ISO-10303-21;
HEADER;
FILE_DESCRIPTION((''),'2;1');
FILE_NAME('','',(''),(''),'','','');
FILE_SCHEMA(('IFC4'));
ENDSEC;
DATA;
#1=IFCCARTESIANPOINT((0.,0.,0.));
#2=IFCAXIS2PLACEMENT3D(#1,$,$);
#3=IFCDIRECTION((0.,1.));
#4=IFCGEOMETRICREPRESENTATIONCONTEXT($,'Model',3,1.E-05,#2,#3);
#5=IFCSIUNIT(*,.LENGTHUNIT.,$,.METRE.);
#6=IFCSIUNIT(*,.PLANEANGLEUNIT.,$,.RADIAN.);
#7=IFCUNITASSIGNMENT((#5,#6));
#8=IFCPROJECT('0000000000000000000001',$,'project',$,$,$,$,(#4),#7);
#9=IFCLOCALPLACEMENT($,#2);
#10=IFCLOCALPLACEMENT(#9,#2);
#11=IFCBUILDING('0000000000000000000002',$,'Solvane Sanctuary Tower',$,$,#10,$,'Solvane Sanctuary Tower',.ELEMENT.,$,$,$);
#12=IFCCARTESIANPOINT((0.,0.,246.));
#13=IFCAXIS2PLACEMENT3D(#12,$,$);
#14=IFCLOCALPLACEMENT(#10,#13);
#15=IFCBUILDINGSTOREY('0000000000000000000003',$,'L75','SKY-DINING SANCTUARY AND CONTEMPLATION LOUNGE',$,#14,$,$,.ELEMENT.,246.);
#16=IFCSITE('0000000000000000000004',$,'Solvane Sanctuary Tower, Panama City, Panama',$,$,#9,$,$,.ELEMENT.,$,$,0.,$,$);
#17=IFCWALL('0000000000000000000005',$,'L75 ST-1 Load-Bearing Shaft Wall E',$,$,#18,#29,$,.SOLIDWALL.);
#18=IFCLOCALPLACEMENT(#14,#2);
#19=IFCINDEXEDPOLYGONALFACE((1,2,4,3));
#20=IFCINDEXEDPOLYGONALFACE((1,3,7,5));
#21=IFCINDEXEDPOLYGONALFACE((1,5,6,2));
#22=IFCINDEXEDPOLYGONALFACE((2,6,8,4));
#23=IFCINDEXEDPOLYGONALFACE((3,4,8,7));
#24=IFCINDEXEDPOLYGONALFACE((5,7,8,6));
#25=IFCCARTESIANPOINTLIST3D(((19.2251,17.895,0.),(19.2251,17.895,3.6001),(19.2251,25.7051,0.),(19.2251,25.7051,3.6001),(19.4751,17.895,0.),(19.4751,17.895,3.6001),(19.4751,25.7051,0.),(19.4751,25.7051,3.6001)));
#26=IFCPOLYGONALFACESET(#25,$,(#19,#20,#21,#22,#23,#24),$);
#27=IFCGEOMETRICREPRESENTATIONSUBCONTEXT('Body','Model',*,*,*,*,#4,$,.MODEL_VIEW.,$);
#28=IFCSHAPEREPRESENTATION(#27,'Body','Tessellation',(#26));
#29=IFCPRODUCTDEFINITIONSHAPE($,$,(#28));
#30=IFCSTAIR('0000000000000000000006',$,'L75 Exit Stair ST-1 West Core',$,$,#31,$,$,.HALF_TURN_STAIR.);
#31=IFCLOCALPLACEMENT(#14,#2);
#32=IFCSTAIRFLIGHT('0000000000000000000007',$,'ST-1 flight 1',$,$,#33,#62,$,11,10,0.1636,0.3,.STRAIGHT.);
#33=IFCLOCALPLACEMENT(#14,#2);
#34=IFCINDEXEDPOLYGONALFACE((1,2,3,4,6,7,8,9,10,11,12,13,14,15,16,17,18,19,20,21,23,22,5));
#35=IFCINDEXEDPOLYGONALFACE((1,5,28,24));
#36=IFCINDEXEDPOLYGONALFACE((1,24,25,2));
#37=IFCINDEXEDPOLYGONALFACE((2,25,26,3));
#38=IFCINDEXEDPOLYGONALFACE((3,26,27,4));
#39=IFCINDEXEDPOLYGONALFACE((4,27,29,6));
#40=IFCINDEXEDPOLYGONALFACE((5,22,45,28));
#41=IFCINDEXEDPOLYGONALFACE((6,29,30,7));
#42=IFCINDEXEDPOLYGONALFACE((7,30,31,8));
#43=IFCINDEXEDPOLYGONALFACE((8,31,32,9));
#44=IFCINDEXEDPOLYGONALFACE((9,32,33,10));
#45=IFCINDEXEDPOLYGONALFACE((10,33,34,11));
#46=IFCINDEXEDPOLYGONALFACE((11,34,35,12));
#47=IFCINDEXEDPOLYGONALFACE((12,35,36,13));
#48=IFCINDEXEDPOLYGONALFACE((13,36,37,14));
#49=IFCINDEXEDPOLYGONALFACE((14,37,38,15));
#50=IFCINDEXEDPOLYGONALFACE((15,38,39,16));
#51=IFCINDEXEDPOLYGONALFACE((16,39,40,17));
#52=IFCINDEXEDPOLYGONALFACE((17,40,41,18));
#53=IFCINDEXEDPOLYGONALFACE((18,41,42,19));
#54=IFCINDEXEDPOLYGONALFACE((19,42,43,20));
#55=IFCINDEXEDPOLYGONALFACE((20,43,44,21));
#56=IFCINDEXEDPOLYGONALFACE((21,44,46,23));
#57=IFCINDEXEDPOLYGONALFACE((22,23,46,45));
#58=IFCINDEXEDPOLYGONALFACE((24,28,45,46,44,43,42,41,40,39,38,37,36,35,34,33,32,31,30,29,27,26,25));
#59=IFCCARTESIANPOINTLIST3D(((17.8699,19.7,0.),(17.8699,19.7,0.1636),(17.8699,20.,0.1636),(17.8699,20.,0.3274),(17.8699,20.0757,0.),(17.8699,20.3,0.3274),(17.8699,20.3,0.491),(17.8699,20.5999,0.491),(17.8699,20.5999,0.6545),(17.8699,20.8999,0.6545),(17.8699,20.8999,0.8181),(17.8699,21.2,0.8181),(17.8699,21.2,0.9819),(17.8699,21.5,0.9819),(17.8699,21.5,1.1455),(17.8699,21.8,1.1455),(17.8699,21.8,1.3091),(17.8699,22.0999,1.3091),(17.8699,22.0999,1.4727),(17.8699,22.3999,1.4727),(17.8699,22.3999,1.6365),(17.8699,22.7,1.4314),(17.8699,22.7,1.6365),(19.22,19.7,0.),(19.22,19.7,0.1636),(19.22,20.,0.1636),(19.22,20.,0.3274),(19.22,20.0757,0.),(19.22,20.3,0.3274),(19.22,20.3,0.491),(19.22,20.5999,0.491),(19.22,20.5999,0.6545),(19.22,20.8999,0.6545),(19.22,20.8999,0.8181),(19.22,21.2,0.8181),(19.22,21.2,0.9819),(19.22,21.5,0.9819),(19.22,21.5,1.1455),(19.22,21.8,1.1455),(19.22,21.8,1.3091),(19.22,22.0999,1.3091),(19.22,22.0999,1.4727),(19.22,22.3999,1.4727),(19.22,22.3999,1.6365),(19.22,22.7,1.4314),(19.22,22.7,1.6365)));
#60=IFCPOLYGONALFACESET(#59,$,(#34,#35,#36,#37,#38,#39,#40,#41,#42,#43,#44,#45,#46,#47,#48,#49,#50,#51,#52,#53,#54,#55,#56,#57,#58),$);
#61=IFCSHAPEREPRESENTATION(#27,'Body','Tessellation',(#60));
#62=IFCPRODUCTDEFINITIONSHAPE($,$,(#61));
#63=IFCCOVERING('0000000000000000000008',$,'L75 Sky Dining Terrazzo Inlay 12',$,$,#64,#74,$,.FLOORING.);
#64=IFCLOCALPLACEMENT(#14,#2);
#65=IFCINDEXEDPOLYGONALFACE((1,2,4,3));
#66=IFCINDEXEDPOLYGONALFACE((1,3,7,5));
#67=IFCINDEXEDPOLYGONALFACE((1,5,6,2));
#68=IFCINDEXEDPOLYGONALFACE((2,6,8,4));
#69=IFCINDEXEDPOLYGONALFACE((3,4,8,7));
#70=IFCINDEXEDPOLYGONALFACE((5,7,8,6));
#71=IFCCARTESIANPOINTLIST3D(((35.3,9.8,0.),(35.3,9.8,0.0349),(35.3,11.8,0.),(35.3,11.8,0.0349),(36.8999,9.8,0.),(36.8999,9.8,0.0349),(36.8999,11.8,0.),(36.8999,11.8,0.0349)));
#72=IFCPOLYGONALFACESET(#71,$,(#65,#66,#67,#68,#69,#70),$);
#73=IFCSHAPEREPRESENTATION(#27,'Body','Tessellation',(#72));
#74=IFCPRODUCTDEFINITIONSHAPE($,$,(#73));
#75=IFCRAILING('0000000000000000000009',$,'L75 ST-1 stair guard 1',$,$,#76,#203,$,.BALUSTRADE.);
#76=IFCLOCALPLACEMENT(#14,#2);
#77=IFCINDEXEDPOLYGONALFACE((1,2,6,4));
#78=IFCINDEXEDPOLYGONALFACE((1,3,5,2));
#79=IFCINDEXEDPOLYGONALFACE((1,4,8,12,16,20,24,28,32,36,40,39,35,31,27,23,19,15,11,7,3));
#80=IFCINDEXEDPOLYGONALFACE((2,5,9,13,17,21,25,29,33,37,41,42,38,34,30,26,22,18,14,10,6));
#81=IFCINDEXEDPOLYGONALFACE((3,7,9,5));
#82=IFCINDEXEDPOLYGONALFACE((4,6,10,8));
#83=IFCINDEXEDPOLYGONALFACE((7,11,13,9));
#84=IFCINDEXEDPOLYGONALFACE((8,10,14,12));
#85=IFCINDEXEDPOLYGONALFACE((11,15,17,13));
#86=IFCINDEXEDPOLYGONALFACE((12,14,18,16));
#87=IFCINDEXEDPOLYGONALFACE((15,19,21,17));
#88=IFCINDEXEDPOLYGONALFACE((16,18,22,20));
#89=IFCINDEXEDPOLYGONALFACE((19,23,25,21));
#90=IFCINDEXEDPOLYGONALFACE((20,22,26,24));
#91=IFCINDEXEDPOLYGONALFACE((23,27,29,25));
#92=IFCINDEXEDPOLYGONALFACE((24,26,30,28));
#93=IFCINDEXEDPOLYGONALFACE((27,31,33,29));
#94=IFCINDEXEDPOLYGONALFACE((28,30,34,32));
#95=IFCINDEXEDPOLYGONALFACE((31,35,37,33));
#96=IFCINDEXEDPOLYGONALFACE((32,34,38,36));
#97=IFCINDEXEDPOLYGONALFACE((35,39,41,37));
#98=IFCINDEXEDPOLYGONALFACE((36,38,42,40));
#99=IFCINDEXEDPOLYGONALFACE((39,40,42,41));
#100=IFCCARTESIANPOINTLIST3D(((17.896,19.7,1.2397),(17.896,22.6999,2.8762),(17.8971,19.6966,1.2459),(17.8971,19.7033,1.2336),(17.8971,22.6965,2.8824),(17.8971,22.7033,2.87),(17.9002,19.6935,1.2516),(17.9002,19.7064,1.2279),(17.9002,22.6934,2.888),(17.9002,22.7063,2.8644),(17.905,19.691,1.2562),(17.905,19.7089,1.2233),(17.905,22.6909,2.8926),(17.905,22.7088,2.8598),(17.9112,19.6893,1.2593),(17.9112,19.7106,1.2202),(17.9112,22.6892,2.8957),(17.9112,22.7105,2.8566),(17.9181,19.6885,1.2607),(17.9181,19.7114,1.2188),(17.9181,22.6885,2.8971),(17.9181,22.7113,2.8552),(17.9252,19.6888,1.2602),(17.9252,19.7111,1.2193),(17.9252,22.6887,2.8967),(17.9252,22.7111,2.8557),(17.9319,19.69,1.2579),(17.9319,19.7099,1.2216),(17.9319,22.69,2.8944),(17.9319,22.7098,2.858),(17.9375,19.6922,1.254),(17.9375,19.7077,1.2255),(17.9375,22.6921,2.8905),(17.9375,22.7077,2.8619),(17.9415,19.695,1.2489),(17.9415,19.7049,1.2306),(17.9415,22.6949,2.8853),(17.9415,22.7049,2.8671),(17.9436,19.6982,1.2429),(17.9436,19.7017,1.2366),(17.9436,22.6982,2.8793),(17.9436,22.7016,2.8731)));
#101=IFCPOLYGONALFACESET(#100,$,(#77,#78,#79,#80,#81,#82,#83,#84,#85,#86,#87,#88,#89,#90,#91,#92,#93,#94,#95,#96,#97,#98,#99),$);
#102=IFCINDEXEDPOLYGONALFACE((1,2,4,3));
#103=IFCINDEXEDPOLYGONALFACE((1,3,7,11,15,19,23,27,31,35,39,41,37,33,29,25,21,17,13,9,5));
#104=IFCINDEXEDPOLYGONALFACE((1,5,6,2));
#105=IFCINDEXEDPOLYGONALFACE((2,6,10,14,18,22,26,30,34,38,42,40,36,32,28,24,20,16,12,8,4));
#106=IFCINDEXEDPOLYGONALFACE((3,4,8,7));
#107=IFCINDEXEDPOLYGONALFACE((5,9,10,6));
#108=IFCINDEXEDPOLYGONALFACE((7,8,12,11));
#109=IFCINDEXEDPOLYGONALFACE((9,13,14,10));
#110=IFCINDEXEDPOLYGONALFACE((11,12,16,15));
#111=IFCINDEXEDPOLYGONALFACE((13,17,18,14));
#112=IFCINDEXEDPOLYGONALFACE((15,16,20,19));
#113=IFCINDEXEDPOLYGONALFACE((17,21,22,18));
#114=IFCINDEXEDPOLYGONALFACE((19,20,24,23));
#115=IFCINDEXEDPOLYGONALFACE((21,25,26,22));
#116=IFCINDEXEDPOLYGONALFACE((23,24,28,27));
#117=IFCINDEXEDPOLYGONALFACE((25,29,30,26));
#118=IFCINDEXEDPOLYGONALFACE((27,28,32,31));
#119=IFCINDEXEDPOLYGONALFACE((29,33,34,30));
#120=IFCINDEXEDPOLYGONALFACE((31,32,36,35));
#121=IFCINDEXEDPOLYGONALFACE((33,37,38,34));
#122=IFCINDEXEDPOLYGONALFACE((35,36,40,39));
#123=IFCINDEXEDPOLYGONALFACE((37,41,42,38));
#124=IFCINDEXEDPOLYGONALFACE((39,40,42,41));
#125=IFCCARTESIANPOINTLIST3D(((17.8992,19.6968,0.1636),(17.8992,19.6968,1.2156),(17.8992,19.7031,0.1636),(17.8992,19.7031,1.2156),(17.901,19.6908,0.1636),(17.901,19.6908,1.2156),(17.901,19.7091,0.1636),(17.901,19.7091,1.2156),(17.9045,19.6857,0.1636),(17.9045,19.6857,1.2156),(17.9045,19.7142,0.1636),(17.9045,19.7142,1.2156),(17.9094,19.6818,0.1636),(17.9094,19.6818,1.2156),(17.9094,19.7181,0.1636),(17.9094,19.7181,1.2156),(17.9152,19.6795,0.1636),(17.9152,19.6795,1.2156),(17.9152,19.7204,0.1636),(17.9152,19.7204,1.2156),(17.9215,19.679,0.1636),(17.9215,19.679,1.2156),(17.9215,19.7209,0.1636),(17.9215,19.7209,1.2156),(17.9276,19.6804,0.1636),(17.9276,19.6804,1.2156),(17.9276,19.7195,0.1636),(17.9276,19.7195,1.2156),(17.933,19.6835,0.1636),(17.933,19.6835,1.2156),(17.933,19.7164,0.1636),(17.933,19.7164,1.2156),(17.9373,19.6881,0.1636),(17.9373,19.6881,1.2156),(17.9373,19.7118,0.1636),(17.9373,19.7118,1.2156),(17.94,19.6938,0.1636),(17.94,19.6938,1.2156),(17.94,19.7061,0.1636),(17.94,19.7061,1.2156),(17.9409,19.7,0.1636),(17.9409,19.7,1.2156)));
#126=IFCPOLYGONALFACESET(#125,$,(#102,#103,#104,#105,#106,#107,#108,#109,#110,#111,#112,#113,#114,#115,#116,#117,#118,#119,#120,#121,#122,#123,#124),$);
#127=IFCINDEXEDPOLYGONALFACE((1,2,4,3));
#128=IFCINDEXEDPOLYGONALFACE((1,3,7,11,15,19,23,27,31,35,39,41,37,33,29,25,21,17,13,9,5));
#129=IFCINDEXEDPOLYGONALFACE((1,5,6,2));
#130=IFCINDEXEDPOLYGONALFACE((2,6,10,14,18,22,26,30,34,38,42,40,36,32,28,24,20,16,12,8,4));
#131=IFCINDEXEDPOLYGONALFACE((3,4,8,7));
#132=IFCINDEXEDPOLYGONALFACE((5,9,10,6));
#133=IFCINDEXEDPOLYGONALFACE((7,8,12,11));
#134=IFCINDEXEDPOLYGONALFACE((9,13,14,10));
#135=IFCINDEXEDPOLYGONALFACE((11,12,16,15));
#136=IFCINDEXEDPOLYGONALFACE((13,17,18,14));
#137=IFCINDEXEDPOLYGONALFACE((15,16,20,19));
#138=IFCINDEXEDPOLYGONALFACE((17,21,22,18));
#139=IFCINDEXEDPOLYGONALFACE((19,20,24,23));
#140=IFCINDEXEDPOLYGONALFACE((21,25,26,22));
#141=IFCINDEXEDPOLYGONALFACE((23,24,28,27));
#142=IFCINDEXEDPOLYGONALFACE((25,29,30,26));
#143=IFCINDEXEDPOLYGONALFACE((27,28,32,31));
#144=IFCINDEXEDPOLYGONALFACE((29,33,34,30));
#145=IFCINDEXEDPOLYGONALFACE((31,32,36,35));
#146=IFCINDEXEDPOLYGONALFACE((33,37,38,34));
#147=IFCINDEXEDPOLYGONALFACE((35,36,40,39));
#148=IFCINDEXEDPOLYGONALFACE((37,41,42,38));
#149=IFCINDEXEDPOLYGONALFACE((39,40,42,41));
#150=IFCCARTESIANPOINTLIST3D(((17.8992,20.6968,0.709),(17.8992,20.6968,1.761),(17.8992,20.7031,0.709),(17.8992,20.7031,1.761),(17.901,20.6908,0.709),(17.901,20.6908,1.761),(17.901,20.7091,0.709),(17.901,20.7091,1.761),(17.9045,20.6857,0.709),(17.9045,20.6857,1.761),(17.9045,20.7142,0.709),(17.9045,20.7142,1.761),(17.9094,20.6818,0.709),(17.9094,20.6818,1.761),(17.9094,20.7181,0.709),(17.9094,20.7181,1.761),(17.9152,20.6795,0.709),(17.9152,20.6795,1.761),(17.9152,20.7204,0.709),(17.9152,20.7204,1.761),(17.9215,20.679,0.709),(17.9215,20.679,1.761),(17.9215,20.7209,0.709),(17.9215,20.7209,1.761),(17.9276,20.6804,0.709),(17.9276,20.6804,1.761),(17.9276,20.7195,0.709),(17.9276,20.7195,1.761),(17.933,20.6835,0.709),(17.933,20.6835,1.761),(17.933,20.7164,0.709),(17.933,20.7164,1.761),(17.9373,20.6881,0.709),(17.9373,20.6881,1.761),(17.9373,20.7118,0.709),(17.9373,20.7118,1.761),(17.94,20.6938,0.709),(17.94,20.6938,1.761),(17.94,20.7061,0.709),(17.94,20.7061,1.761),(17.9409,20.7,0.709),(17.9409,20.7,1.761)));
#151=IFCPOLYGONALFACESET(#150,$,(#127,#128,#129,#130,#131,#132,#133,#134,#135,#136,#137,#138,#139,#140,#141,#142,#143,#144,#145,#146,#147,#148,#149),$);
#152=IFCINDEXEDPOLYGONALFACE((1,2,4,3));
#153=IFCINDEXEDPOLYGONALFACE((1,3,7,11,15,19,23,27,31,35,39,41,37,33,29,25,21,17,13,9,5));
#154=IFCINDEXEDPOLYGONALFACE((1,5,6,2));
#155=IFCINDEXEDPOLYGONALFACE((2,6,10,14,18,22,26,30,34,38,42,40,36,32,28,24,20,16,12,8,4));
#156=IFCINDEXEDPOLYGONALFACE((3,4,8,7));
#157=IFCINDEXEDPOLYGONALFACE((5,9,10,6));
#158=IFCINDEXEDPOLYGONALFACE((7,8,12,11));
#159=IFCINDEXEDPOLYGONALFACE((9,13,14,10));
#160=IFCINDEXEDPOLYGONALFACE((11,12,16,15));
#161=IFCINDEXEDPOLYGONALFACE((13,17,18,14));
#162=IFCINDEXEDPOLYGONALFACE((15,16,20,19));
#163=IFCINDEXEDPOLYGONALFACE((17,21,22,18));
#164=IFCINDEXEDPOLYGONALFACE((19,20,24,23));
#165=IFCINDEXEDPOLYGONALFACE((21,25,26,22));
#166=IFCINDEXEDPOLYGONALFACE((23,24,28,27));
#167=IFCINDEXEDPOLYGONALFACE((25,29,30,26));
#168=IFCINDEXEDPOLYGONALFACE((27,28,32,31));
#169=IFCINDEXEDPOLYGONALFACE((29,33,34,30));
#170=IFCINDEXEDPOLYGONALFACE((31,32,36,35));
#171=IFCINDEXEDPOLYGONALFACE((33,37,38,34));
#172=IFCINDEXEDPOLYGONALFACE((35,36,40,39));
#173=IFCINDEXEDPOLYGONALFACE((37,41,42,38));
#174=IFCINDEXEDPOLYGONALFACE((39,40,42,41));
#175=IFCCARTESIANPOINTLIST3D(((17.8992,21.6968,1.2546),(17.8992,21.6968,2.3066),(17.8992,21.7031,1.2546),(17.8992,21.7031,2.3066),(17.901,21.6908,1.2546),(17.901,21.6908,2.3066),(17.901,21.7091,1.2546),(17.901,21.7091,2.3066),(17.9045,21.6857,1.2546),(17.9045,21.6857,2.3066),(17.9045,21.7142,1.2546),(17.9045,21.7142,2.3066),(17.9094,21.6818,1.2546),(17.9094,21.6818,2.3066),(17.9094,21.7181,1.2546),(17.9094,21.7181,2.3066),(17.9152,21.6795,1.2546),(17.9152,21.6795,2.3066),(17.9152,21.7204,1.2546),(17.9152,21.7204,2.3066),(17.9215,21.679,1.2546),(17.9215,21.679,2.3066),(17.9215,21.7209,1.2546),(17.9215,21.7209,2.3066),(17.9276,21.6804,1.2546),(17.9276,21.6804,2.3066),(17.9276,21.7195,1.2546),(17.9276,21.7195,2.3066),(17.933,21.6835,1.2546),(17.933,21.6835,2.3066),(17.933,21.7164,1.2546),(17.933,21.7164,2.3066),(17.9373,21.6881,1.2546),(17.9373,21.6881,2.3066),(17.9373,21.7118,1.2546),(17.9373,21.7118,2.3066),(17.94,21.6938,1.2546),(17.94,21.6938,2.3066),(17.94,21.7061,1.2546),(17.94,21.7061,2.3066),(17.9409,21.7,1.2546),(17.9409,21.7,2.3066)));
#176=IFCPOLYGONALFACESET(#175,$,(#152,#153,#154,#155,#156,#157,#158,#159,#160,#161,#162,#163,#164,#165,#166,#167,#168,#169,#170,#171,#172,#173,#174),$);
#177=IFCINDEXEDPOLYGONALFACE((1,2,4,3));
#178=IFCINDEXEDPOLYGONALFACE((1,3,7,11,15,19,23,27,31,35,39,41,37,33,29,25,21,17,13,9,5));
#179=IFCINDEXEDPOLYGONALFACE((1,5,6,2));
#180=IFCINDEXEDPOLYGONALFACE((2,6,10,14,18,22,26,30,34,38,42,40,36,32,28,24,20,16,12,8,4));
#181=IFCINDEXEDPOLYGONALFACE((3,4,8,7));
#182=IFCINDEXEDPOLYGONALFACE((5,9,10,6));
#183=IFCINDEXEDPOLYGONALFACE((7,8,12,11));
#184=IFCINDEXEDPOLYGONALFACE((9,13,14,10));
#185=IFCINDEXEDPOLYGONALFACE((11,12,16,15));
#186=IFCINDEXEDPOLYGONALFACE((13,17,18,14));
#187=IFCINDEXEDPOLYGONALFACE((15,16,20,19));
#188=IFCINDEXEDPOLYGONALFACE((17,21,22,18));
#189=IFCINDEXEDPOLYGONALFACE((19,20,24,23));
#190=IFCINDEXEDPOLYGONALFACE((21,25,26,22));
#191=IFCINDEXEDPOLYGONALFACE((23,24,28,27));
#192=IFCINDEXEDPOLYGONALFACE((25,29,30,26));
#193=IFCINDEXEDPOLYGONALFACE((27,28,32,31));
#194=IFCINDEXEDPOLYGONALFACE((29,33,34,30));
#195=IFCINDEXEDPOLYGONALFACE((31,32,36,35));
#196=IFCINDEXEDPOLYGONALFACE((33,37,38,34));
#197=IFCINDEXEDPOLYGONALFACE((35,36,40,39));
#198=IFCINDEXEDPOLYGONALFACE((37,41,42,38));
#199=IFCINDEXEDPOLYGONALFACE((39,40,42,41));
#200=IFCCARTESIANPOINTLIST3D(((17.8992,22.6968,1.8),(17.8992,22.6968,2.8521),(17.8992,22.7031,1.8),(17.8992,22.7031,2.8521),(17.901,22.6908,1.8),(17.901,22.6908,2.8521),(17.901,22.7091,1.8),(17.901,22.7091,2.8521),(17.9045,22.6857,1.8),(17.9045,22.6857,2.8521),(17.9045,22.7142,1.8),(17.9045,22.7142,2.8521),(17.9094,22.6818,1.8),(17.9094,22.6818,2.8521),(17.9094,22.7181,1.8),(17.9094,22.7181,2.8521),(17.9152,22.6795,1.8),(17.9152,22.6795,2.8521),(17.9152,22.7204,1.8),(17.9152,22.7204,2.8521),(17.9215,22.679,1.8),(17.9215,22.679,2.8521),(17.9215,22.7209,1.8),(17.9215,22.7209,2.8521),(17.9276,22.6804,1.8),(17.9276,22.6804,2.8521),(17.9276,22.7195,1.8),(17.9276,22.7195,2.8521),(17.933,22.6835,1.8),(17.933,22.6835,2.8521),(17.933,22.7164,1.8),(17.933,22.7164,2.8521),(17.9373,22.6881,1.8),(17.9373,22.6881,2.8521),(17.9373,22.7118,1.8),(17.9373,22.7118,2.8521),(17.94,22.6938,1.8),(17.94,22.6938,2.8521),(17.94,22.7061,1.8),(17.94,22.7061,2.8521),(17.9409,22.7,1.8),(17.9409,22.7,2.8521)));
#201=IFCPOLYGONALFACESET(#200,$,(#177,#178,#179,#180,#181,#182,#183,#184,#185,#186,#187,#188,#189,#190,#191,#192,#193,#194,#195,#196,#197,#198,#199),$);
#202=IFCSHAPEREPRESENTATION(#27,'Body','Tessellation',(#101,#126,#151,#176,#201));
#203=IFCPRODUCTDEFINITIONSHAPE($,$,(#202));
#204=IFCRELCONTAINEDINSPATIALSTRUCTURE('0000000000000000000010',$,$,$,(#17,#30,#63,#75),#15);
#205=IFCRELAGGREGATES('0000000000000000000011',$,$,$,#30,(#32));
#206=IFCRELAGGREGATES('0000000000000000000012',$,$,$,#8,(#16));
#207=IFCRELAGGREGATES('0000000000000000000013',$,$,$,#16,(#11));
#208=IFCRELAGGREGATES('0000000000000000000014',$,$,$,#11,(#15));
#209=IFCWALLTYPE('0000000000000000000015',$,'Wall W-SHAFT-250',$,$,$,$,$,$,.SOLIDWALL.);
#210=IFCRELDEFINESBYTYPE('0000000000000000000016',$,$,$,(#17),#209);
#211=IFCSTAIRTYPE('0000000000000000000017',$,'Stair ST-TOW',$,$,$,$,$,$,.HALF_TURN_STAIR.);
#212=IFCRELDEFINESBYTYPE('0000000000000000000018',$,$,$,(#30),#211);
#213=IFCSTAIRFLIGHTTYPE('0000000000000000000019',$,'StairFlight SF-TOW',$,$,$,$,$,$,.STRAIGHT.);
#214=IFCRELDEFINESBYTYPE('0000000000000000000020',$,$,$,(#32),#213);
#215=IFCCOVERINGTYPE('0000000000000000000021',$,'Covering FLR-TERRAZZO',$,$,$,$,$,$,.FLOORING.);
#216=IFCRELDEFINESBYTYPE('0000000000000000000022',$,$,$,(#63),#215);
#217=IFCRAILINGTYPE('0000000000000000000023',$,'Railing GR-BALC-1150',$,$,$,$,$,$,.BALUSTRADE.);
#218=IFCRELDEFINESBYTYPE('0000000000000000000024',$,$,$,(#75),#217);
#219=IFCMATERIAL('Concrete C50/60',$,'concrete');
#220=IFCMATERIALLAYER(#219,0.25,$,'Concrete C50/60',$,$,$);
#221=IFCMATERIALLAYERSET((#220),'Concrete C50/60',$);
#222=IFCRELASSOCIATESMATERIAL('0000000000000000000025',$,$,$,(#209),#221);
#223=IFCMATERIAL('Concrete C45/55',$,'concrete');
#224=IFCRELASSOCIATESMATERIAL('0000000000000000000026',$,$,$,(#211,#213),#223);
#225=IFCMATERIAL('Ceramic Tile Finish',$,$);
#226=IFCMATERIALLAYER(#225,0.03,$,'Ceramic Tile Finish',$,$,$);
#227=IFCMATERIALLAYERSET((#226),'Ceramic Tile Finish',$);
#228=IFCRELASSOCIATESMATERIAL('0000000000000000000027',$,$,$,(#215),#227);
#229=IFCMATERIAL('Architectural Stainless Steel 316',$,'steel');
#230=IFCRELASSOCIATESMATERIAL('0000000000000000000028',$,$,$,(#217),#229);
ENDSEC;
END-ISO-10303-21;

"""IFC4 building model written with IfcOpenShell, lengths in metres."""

from ifc_helpers import new_model, si_unit, direction, frame, frame_2d, origin, origin_2d, place, context, subcontext, project, spatial, polyline, rectangle, circle, outline, extrude, material, layer, layer_set, type_object, element, aggregate, save


model = new_model("IFC4")

# Units and contexts
model_context = context("Model", 3, precision=1e-05, world=origin(), true_north=direction((0.0, 1.0)))
body_context = subcontext(model_context, "Body", "Model", "MODEL_VIEW")
ifc_project = project(units=[si_unit("LENGTHUNIT", "METRE"), si_unit("PLANEANGLEUNIT", "RADIAN")], contexts=[model_context])

# Site, building, storey
site_placement = place(None, origin())
site = spatial("IfcSite", under=ifc_project, at=site_placement, Name="Solvane Sanctuary Tower, Panama City, Panama", CompositionType="ELEMENT", RefElevation=0.0)
building_placement = place(site_placement, origin())
building = spatial("IfcBuilding", under=site, at=building_placement, Name="Solvane Sanctuary Tower", LongName="Solvane Sanctuary Tower", CompositionType="ELEMENT")
storey_placement = place(building_placement, frame((0.0, 0.0, 246.0)))
storey = spatial("IfcBuildingStorey", under=building, at=storey_placement, Name="L75", Description="SKY-DINING SANCTUARY AND CONTEMPLATION LOUNGE", CompositionType="ELEMENT", Elevation=246.0)

# Shared definitions
ifc_material_1 = material(Name="Concrete C50/60", Category="concrete")

# Shared definitions
ifc_material_2 = material(Name="Architectural Stainless Steel 316", Category="steel")

# Shared definitions
ifc_layer_1 = layer(ifc_material_1, 0.25, Name="Concrete C50/60")
ifc_layer_set_1 = layer_set([ifc_layer_1], Name="Concrete C50/60")
wall_type_1 = type_object("IfcWallType", Name="Wall W-SHAFT-250", PredefinedType="SOLIDWALL", material=ifc_layer_set_1)

# Wall
for number, where, z_axis, x_axis, name in (
    (1, (19.3501, 17.895, 0.0), (0.0, 0.0, 1.0), (0.0, 1.0, 0.0), "L75 ST-1 Load-Bearing Shaft Wall E"),
):
    element("IfcWall", number, at=place(storey_placement, frame(where, z_axis=z_axis, x_axis=x_axis)), inside=storey, type_object=wall_type_1, Name=name, PredefinedType="SOLIDWALL", context=body_context, shape_type="SweptSolid", body=[
        extrude(rectangle(XDim=7.8101, YDim=0.25, at=frame_2d((3.905, 0.0))), origin(), (0.0, 0.0, 1.0), 3.6001),
    ])

# Stair, stair flight
ifc_material_3 = material(Name="Concrete C45/55", Category="concrete")
stair_type = type_object("IfcStairType", Name="Stair ST-TOW", PredefinedType="HALF_TURN_STAIR", material=ifc_material_3)
stair_placement = place(storey_placement, origin())
stair = element("IfcStair", 2, at=stair_placement, inside=storey, type_object=stair_type, Name="L75 Exit Stair ST-1 West Core", PredefinedType="HALF_TURN_STAIR")
stair_flight_type = type_object("IfcStairFlightType", Name="StairFlight SF-TOW", PredefinedType="STRAIGHT", material=ifc_material_3)
stair_flight_placement = place(storey_placement, frame((18.5449, 19.7, 0.0), z_axis=(0.0, 0.0, 1.0), x_axis=(0.0, 1.0, 0.0)))
stair_flight = element("IfcStairFlight", 3, at=stair_flight_placement, type_object=stair_flight_type, Name="ST-1 flight 1", NumberOfRisers=11, NumberOfTreads=10, PredefinedType="STRAIGHT", RiserHeight=0.1636, TreadLength=0.3, context=body_context, shape_type="SweptSolid", body=[
    extrude(outline(polyline([(0.0, 0.0), (0.0, 0.1636), (0.3, 0.1636), (0.3, 0.3274), (0.6001, 0.3274), (0.6001, 0.491), (0.8999, 0.491), (0.8999, 0.6545), (1.2, 0.6545), (1.2, 0.8181), (1.5, 0.8181), (1.5, 0.9819), (1.8, 0.9819), (1.8, 1.1455), (2.1001, 1.1455), (2.1001, 1.3091), (2.3999, 1.3091), (2.3999, 1.4727), (2.7, 1.4727), (2.7, 1.6365), (3.0, 1.6365), (3.0, 1.8), (3.0, 1.4314), (0.3757, 0.0), (0.0, 0.0)])), frame((0.0, 0.675, 0.0), z_axis=(0.0, -1.0, 0.0), x_axis=(1.0, 0.0, 0.0)), (0.0, 0.0, 1.0), 1.3501),
])
aggregate(stair, [stair_flight])

# Covering
ifc_material_4 = material(Name="Ceramic Tile Finish")
ifc_layer_2 = layer(ifc_material_4, 0.03, Name="Ceramic Tile Finish")
ifc_layer_set_2 = layer_set([ifc_layer_2], Name="Ceramic Tile Finish")
covering_type = type_object("IfcCoveringType", Name="Covering FLR-TERRAZZO", PredefinedType="FLOORING", material=ifc_layer_set_2)
covering_placement = place(storey_placement, origin())
element("IfcCovering", 4, at=covering_placement, inside=storey, type_object=covering_type, Name="L75 Sky Dining Terrazzo Inlay 12", PredefinedType="FLOORING", context=body_context, shape_type="SweptSolid", body=[
    extrude(outline(polyline([(35.3, 9.8), (36.8999, 9.8), (36.8999, 11.8), (35.3, 11.8), (35.3, 9.8)])), origin(), (0.0, 0.0, 1.0), 0.0349),
])

# Railing
railing_type_1 = type_object("IfcRailingType", Name="Railing GR-BALC-1150", PredefinedType="BALUSTRADE", material=ifc_material_2)
railing_1_placement = place(storey_placement, frame((17.9199, 19.7, 0.1636)))
element("IfcRailing", 5, at=railing_1_placement, inside=storey, type_object=railing_type_1, Name="L75 ST-1 stair guard 1", PredefinedType="BALUSTRADE", context=body_context, shape_type="SweptSolid", body=[
    extrude(circle(Radius=0.0239, at=origin_2d()), frame((0.0, 0.0, 1.0762), z_axis=(0.0, 0.877882, 0.478877), x_axis=(-1.0, 0.0, 0.0)), (0.0, 0.0, 1.0), 3.4172),
    extrude(circle(Radius=0.021, at=origin_2d()), origin(), (0.0, 0.0, 1.0), 1.052),
    extrude(circle(Radius=0.021, at=origin_2d()), frame((0.0, 1.0, 0.5454)), (0.0, 0.0, 1.0), 1.052),
    extrude(circle(Radius=0.021, at=origin_2d()), frame((0.0, 2.0, 1.0911)), (0.0, 0.0, 1.0), 1.052),
    extrude(circle(Radius=0.021, at=origin_2d()), frame((0.0, 3.0, 1.6365)), (0.0, 0.0, 1.0), 1.052),
])

save(model, "model.ifc")
